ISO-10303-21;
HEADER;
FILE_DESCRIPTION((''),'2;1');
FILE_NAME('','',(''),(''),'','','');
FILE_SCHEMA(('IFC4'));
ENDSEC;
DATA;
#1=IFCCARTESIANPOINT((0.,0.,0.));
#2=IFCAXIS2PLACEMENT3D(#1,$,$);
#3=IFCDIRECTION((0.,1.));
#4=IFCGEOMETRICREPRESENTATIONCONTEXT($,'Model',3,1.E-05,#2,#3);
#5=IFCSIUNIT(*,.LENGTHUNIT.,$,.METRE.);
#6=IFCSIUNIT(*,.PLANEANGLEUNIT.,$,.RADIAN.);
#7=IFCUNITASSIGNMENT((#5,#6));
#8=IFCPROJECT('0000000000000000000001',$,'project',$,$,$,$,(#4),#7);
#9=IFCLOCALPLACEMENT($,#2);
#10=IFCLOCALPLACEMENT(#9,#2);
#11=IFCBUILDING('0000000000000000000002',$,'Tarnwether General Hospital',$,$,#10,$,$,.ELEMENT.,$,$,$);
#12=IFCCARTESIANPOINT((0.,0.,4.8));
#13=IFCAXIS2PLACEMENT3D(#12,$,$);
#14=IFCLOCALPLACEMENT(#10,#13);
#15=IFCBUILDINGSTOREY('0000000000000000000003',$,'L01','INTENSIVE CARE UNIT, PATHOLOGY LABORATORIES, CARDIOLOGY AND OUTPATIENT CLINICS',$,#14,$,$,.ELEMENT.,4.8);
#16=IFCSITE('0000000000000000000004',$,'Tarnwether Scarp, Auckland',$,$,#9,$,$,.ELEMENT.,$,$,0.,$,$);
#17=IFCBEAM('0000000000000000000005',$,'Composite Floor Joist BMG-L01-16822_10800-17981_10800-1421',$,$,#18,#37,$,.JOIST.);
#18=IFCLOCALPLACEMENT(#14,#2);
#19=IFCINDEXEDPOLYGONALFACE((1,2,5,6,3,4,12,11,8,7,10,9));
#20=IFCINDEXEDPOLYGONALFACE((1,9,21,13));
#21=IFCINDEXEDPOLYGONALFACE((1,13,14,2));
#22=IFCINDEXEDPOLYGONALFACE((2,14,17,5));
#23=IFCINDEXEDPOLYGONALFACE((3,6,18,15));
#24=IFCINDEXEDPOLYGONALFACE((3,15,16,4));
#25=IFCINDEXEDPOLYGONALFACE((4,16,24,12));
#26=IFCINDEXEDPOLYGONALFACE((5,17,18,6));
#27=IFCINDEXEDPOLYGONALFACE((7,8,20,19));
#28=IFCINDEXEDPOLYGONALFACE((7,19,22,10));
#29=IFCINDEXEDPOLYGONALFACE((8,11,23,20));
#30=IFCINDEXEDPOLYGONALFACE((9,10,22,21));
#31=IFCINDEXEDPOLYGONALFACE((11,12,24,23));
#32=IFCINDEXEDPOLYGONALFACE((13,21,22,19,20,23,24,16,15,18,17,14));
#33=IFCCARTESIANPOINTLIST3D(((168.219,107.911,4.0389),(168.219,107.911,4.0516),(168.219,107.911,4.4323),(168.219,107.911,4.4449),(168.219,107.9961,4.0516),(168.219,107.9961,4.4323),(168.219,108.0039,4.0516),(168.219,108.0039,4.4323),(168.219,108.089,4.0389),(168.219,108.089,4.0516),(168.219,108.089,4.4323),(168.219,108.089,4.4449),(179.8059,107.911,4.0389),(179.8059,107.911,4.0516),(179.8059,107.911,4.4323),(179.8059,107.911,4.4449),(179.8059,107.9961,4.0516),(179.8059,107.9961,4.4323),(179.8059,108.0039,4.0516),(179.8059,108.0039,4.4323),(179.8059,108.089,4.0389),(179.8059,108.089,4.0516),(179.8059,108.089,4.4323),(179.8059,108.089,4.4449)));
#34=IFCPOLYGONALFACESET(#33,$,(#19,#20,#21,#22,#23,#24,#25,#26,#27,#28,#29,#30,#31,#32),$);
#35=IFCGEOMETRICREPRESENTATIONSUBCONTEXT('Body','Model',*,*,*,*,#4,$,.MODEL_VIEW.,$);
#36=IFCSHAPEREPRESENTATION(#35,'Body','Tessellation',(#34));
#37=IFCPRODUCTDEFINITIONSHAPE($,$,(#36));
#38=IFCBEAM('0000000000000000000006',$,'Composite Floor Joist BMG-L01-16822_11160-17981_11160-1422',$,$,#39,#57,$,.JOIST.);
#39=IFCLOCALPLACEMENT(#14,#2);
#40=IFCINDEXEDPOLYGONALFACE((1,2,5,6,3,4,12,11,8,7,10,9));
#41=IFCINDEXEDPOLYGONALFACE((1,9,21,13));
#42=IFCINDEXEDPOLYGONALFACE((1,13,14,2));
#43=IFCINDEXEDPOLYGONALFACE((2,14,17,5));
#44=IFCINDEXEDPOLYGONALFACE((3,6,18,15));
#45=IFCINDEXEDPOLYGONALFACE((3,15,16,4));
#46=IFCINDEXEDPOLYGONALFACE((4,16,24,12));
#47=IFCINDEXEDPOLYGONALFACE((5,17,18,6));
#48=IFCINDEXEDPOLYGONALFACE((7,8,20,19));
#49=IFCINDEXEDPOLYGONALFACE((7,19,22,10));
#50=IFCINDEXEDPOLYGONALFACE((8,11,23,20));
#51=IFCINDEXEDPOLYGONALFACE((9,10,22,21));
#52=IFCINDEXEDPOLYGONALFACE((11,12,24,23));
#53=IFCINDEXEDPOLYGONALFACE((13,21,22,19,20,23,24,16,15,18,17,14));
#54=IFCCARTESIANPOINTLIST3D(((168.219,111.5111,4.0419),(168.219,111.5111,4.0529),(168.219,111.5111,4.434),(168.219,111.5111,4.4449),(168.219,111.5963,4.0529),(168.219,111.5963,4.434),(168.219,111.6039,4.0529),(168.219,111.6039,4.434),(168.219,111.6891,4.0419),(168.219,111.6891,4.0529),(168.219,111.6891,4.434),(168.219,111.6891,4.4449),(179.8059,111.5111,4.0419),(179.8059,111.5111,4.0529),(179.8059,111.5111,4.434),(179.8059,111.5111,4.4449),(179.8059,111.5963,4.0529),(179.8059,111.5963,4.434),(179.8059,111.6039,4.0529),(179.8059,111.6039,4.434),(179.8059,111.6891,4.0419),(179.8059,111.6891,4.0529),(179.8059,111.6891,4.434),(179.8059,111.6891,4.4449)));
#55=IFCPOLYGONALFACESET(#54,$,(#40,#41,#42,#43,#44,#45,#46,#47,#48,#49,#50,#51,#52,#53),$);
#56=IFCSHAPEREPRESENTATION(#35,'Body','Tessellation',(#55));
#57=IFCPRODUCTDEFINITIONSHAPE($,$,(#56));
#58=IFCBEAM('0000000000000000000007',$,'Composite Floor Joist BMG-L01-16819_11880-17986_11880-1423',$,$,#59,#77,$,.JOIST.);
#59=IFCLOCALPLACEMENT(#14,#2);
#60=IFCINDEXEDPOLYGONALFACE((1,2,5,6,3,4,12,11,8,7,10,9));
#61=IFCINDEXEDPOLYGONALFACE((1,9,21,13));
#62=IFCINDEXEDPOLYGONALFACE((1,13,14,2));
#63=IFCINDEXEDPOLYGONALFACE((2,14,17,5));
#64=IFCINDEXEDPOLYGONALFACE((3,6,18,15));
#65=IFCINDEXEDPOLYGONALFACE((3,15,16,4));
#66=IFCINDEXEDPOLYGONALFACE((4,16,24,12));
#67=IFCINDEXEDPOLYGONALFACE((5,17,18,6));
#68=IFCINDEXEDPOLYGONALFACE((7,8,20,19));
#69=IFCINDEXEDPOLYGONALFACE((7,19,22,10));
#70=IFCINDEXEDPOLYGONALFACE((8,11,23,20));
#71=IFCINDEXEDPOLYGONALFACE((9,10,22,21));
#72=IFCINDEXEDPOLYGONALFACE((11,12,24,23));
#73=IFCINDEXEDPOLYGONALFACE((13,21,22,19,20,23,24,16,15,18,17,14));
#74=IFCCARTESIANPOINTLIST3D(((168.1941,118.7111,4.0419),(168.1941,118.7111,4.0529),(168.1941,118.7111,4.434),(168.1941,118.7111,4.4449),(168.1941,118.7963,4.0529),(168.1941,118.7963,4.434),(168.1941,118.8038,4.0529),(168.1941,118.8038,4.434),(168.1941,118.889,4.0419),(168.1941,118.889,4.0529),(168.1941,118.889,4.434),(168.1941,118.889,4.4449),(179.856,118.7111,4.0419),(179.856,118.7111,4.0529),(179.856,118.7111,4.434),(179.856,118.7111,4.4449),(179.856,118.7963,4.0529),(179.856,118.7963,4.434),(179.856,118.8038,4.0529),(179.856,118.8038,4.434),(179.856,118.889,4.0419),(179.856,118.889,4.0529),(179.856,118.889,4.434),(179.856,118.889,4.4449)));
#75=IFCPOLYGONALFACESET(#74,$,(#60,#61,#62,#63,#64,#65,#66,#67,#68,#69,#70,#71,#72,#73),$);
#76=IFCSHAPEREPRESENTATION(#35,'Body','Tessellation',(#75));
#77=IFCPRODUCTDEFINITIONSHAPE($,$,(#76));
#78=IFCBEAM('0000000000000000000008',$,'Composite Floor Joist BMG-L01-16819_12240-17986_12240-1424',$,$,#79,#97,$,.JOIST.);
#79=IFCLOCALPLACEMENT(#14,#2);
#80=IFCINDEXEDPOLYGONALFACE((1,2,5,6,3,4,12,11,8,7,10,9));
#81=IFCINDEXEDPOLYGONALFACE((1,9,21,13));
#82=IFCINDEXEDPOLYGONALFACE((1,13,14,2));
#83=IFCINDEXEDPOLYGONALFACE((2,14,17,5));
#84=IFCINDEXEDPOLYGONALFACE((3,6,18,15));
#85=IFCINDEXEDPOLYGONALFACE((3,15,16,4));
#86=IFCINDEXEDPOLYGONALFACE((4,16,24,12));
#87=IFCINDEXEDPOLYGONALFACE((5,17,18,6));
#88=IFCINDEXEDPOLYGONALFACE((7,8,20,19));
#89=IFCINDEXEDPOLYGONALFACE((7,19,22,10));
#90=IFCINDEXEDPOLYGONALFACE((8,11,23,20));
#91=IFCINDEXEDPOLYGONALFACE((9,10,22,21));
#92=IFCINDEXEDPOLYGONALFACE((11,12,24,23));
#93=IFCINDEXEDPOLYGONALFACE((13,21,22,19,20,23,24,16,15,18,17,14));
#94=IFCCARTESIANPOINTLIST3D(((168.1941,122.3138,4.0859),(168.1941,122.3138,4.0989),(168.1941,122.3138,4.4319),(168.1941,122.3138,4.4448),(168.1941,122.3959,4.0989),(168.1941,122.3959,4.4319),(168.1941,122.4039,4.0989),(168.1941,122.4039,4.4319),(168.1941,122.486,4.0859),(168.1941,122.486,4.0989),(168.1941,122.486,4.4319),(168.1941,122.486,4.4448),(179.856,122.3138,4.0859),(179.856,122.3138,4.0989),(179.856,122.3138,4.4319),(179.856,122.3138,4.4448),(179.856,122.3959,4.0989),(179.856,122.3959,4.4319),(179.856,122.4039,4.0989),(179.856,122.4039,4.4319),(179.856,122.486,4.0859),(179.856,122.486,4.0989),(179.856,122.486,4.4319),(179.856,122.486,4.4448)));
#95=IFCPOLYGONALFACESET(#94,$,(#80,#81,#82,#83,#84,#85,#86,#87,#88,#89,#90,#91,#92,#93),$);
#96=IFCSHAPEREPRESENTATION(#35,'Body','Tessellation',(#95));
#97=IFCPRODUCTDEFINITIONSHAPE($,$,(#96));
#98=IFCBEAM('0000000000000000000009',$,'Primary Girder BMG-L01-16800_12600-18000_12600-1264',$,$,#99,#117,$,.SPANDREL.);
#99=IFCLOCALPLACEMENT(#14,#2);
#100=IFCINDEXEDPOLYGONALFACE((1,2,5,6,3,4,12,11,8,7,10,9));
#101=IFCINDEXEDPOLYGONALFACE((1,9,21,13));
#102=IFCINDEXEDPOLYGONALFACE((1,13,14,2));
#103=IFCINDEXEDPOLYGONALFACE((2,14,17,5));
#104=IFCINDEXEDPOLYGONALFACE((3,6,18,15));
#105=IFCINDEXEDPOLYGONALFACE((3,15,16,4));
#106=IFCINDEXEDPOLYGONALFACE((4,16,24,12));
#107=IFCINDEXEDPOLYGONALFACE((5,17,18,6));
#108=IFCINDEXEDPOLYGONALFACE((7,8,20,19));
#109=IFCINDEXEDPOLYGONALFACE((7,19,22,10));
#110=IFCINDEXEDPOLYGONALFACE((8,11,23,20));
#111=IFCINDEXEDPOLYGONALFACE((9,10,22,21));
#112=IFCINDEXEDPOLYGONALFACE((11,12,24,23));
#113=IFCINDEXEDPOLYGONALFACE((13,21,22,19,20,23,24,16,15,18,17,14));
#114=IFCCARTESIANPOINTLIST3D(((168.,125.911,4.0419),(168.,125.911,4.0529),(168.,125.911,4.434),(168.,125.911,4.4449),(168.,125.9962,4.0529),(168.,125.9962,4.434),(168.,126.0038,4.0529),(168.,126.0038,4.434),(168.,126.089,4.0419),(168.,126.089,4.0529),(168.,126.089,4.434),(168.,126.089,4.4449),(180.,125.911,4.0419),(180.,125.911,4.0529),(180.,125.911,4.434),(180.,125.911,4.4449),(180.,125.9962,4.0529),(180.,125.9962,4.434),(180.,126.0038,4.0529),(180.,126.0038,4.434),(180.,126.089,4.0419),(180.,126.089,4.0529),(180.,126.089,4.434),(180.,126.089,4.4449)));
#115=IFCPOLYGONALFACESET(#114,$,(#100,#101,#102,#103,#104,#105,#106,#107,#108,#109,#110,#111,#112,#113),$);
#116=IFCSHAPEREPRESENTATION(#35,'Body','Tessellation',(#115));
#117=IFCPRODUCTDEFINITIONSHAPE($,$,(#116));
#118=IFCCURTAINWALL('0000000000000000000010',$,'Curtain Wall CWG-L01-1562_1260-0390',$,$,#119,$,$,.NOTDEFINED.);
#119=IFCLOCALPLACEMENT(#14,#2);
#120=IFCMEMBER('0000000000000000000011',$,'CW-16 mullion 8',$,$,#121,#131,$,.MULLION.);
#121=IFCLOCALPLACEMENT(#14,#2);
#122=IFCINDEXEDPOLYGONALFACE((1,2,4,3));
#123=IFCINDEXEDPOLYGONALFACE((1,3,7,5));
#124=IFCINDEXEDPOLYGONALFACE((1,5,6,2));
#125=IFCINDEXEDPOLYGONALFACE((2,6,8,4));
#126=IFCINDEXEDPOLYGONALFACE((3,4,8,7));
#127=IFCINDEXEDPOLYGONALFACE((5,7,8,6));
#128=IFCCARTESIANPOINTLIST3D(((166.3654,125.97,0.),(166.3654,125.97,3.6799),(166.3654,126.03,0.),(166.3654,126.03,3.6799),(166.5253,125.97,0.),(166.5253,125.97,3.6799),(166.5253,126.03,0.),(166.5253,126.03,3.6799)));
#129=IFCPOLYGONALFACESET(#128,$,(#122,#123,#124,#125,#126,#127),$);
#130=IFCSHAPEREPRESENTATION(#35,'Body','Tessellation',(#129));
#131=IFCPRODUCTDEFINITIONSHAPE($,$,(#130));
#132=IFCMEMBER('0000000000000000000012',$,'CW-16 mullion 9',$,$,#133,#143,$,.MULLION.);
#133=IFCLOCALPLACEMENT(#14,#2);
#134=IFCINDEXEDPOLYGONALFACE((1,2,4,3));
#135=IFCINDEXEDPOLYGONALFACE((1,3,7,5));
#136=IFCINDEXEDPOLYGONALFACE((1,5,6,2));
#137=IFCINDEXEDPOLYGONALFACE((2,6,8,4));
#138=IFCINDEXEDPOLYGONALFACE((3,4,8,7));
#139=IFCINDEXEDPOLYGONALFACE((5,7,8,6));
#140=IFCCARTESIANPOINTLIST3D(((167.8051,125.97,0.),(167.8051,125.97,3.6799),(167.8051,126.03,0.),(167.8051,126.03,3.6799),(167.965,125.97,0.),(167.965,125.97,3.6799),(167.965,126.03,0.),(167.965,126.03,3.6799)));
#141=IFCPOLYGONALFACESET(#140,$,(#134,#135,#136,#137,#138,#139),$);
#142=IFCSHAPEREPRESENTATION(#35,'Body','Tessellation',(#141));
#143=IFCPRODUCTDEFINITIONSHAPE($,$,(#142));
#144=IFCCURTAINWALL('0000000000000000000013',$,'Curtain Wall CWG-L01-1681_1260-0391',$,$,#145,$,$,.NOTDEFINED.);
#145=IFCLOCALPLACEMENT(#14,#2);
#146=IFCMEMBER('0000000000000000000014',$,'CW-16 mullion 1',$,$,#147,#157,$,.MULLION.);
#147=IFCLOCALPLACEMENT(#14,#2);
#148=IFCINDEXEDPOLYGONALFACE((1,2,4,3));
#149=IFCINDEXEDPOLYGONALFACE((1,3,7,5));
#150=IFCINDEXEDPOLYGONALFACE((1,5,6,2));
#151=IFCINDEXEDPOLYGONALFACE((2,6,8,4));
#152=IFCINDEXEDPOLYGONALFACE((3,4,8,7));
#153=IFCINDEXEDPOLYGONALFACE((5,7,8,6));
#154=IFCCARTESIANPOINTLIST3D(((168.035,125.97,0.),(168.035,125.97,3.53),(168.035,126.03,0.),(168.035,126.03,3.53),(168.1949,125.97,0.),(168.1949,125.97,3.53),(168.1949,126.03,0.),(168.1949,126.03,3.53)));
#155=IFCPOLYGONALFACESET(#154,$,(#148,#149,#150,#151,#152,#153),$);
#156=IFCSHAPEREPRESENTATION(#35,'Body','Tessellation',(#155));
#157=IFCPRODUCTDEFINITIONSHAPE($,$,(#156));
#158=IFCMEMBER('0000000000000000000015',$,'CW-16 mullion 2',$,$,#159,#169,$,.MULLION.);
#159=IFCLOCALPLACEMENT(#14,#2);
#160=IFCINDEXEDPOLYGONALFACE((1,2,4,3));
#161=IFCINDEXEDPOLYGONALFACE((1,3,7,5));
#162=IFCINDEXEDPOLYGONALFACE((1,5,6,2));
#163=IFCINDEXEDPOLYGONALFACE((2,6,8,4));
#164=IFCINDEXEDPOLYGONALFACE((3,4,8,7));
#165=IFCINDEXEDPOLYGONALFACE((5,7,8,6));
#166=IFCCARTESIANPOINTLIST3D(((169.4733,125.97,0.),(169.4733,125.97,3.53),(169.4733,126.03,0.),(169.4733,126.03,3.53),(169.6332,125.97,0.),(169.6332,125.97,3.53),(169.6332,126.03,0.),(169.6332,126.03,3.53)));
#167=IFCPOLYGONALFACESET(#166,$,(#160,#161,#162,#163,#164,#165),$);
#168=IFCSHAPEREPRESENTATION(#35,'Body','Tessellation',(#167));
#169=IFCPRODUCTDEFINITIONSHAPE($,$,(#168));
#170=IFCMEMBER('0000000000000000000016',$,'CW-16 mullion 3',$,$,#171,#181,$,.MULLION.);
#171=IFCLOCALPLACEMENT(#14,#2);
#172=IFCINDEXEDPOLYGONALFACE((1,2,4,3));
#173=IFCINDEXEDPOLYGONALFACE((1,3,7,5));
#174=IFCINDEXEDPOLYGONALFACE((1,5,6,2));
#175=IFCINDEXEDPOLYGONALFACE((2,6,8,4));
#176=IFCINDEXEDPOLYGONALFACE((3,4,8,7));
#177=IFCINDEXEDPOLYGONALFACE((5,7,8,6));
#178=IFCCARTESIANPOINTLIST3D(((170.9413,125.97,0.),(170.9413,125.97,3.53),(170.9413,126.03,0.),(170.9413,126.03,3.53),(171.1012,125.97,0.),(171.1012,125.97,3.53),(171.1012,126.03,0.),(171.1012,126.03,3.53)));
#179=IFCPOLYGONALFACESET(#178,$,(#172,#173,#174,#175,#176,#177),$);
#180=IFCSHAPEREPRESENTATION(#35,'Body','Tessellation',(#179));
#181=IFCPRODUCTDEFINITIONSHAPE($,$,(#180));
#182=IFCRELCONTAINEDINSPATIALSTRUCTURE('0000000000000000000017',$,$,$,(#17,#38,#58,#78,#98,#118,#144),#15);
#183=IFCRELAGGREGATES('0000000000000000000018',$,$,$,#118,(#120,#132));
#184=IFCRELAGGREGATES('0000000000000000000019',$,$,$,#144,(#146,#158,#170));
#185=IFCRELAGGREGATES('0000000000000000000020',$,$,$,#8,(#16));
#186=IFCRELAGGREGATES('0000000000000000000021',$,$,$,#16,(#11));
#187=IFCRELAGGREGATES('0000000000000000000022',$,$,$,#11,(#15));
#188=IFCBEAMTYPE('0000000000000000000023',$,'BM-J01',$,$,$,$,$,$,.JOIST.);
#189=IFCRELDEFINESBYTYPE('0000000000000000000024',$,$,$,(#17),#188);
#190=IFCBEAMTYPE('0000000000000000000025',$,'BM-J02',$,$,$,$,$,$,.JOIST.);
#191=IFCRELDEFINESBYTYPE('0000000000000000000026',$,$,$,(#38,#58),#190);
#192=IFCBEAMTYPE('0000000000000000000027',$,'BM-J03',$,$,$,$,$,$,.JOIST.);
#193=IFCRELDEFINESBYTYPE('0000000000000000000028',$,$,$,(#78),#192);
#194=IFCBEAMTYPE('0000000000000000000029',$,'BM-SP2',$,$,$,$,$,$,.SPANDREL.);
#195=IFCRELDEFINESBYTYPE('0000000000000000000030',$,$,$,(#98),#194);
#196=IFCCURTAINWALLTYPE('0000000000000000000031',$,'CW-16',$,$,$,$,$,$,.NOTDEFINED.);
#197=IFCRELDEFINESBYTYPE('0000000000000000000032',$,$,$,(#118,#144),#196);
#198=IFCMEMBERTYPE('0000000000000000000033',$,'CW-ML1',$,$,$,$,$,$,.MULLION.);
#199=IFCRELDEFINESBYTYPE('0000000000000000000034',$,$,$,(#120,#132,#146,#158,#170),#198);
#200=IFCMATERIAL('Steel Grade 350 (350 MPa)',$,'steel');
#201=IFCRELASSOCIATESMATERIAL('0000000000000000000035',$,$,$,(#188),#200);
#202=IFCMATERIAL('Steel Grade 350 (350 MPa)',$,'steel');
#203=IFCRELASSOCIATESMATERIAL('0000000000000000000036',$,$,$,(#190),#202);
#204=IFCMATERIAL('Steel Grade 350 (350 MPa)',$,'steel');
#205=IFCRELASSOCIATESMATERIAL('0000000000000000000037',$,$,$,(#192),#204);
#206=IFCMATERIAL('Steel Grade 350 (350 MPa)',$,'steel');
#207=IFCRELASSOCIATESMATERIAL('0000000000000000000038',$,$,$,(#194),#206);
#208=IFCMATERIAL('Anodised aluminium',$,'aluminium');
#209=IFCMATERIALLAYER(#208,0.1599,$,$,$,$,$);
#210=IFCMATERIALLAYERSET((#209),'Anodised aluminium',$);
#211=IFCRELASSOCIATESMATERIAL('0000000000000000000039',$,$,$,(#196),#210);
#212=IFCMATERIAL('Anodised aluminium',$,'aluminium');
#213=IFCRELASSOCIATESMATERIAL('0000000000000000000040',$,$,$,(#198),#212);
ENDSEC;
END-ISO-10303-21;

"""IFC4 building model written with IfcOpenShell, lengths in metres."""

from ifc_helpers import new_model, si_unit, direction, frame, origin, origin_2d, place, context, subcontext, project, spatial, rectangle, i_section, extrude, material, layer, layer_set, material_profile, profile_set, type_object, element, aggregate, save


model = new_model("IFC4")

# Units and contexts
model_context = context("Model", 3, precision=1e-05, world=origin(), true_north=direction((0.0, 1.0)))
body_context = subcontext(model_context, "Body", "Model", "MODEL_VIEW")
ifc_project = project(units=[si_unit("LENGTHUNIT", "METRE"), si_unit("PLANEANGLEUNIT", "RADIAN")], contexts=[model_context])

# Site, building, storey
site_placement = place(None, origin())
site = spatial("IfcSite", under=ifc_project, at=site_placement, Name="Tarnwether Scarp, Auckland", CompositionType="ELEMENT", RefElevation=0.0)
building_placement = place(site_placement, origin())
building = spatial("IfcBuilding", under=site, at=building_placement, Name="Tarnwether General Hospital", CompositionType="ELEMENT")
storey_placement = place(building_placement, frame((0.0, 0.0, 4.8)))
storey = spatial("IfcBuildingStorey", under=building, at=storey_placement, Name="L01", Description="INTENSIVE CARE UNIT, PATHOLOGY LABORATORIES, CARDIOLOGY AND OUTPATIENT CLINICS", CompositionType="ELEMENT", Elevation=4.8)

# Beams
ifc_material_1 = material(Name="Steel Grade 350 (350 MPa)", Category="steel")
ifc_material_profile_1 = material_profile(ifc_material_1, i_section(OverallWidth=0.178, OverallDepth=0.406, WebThickness=0.0078, FlangeThickness=0.0127, at=origin_2d()), Name="410UB59.7")
ifc_profile_set_1 = profile_set([ifc_material_profile_1], Name="Steel Grade 350 (350 MPa)")
beam_type_1 = type_object("IfcBeamType", Name="BM-J01", PredefinedType="JOIST", material=ifc_profile_set_1)
beam_1_placement = place(storey_placement, frame((168.219, 108.0, 4.2419), z_axis=(1.0, 0.0, 0.0), x_axis=(0.0, 1.0, 0.0)))
element("IfcBeam", 1, at=beam_1_placement, inside=storey, type_object=beam_type_1, Name="Composite Floor Joist BMG-L01-16822_10800-17981_10800-1421", PredefinedType="JOIST", context=body_context, shape_type="SweptSolid", body=[
    extrude(i_section(OverallWidth=0.178, OverallDepth=0.406, WebThickness=0.0078, FlangeThickness=0.0127, at=origin_2d()), origin(), (0.0, 0.0, 1.0), 11.5869),
])
ifc_material_2 = material(Name="Steel Grade 350 (350 MPa)", Category="steel")
ifc_material_profile_2 = material_profile(ifc_material_2, i_section(OverallWidth=0.178, OverallDepth=0.4031, WebThickness=0.0076, FlangeThickness=0.011, at=origin_2d()), Name="410UB53.7")
ifc_profile_set_2 = profile_set([ifc_material_profile_2], Name="Steel Grade 350 (350 MPa)")
beam_type_2 = type_object("IfcBeamType", Name="BM-J02", PredefinedType="JOIST", material=ifc_profile_set_2)
beam_2_placement = place(storey_placement, frame((168.219, 111.6001, 4.2434), z_axis=(1.0, 0.0, 0.0), x_axis=(0.0, 1.0, 0.0)))
element("IfcBeam", 2, at=beam_2_placement, inside=storey, type_object=beam_type_2, Name="Composite Floor Joist BMG-L01-16822_11160-17981_11160-1422", PredefinedType="JOIST", context=body_context, shape_type="SweptSolid", body=[
    extrude(i_section(OverallWidth=0.178, OverallDepth=0.4031, WebThickness=0.0076, FlangeThickness=0.011, at=origin_2d()), origin(), (0.0, 0.0, 1.0), 11.5869),
])
beam_3_placement = place(storey_placement, frame((168.1941, 118.8, 4.2434), z_axis=(1.0, 0.0, 0.0), x_axis=(0.0, 1.0, 0.0)))
element("IfcBeam", 3, at=beam_3_placement, inside=storey, type_object=beam_type_2, Name="Composite Floor Joist BMG-L01-16819_11880-17986_11880-1423", PredefinedType="JOIST", context=body_context, shape_type="SweptSolid", body=[
    extrude(i_section(OverallWidth=0.178, OverallDepth=0.4031, WebThickness=0.0076, FlangeThickness=0.011, at=origin_2d()), origin(), (0.0, 0.0, 1.0), 11.6619),
])
ifc_material_3 = material(Name="Steel Grade 350 (350 MPa)", Category="steel")
ifc_material_profile_3 = material_profile(ifc_material_3, i_section(OverallWidth=0.1721, OverallDepth=0.3589, WebThickness=0.0081, FlangeThickness=0.0129, at=origin_2d()), Name="360UB56.7")
ifc_profile_set_3 = profile_set([ifc_material_profile_3], Name="Steel Grade 350 (350 MPa)")
beam_type_3 = type_object("IfcBeamType", Name="BM-J03", PredefinedType="JOIST", material=ifc_profile_set_3)
beam_4_placement = place(storey_placement, frame((168.1941, 122.3999, 4.2654), z_axis=(1.0, 0.0, 0.0), x_axis=(0.0, 1.0, 0.0)))
element("IfcBeam", 4, at=beam_4_placement, inside=storey, type_object=beam_type_3, Name="Composite Floor Joist BMG-L01-16819_12240-17986_12240-1424", PredefinedType="JOIST", context=body_context, shape_type="SweptSolid", body=[
    extrude(i_section(OverallWidth=0.1721, OverallDepth=0.3589, WebThickness=0.0081, FlangeThickness=0.0129, at=origin_2d()), origin(), (0.0, 0.0, 1.0), 11.6619),
])
ifc_material_4 = material(Name="Steel Grade 350 (350 MPa)", Category="steel")
ifc_material_profile_4 = material_profile(ifc_material_4, i_section(OverallWidth=0.178, OverallDepth=0.4031, WebThickness=0.0076, FlangeThickness=0.011, at=origin_2d()), Name="410UB53.7")
ifc_profile_set_4 = profile_set([ifc_material_profile_4], Name="Steel Grade 350 (350 MPa)")
beam_type_4 = type_object("IfcBeamType", Name="BM-SP2", PredefinedType="SPANDREL", material=ifc_profile_set_4)
beam_5_placement = place(storey_placement, frame((168.0, 126.0, 4.2434), z_axis=(1.0, 0.0, 0.0), x_axis=(0.0, 1.0, 0.0)))
element("IfcBeam", 5, at=beam_5_placement, inside=storey, type_object=beam_type_4, Name="Primary Girder BMG-L01-16800_12600-18000_12600-1264", PredefinedType="SPANDREL", context=body_context, shape_type="SweptSolid", body=[
    extrude(i_section(OverallWidth=0.178, OverallDepth=0.4031, WebThickness=0.0076, FlangeThickness=0.011, at=origin_2d()), origin(), (0.0, 0.0, 1.0), 12.0),
])

# Curtain walls, members
ifc_material_5 = material(Name="Anodised aluminium", Category="aluminium")
ifc_layer_1 = layer(ifc_material_5, 0.1599)
ifc_layer_set_1 = layer_set([ifc_layer_1], Name="Anodised aluminium")
curtain_wall_type = type_object("IfcCurtainWallType", Name="CW-16", PredefinedType="NOTDEFINED", material=ifc_layer_set_1)
curtain_wall_1_placement = place(storey_placement, origin())
curtain_wall_1 = element("IfcCurtainWall", 6, at=curtain_wall_1_placement, inside=storey, type_object=curtain_wall_type, Name="Curtain Wall CWG-L01-1562_1260-0390", PredefinedType="NOTDEFINED")
ifc_material_6 = material(Name="Anodised aluminium", Category="aluminium")
ifc_material_profile_5 = material_profile(ifc_material_6, rectangle(XDim=0.0601, YDim=0.1599, at=origin_2d()), Name="ALU-MUL-60x160")
ifc_profile_set_5 = profile_set([ifc_material_profile_5], Name="Anodised aluminium")
member_type_1 = type_object("IfcMemberType", Name="CW-ML1", PredefinedType="MULLION", material=ifc_profile_set_5)
member_1_placement = place(storey_placement, frame((166.4453, 126.0, 0.0), z_axis=(0.0, 0.0, 1.0), x_axis=(0.0, 1.0, 0.0)))
member_1 = element("IfcMember", 7, at=member_1_placement, type_object=member_type_1, Name="CW-16 mullion 8", PredefinedType="MULLION", context=body_context, shape_type="SweptSolid", body=[
    extrude(rectangle(XDim=0.0601, YDim=0.1599, at=origin_2d()), origin(), (0.0, 0.0, 1.0), 3.6799),
])
member_2_placement = place(storey_placement, frame((167.885, 126.0, 0.0), z_axis=(0.0, 0.0, 1.0), x_axis=(0.0, 1.0, 0.0)))
member_2 = element("IfcMember", 8, at=member_2_placement, type_object=member_type_1, Name="CW-16 mullion 9", PredefinedType="MULLION", context=body_context, shape_type="SweptSolid", body=[
    extrude(rectangle(XDim=0.0601, YDim=0.1599, at=origin_2d()), origin(), (0.0, 0.0, 1.0), 3.6799),
])
curtain_wall_2_placement = place(storey_placement, origin())
curtain_wall_2 = element("IfcCurtainWall", 9, at=curtain_wall_2_placement, inside=storey, type_object=curtain_wall_type, Name="Curtain Wall CWG-L01-1681_1260-0391", PredefinedType="NOTDEFINED")
member_3_placement = place(storey_placement, frame((168.115, 126.0, 0.0), z_axis=(0.0, 0.0, 1.0), x_axis=(0.0, 1.0, 0.0)))
member_3 = element("IfcMember", 10, at=member_3_placement, type_object=member_type_1, Name="CW-16 mullion 1", PredefinedType="MULLION", context=body_context, shape_type="SweptSolid", body=[
    extrude(rectangle(XDim=0.0601, YDim=0.1599, at=origin_2d()), origin(), (0.0, 0.0, 1.0), 3.53),
])
member_4_placement = place(storey_placement, frame((169.5532, 126.0, 0.0), z_axis=(0.0, 0.0, 1.0), x_axis=(0.0, 1.0, 0.0)))
member_4 = element("IfcMember", 11, at=member_4_placement, type_object=member_type_1, Name="CW-16 mullion 2", PredefinedType="MULLION", context=body_context, shape_type="SweptSolid", body=[
    extrude(rectangle(XDim=0.0601, YDim=0.1599, at=origin_2d()), origin(), (0.0, 0.0, 1.0), 3.53),
])
member_5_placement = place(storey_placement, frame((171.0212, 126.0, 0.0), z_axis=(0.0, 0.0, 1.0), x_axis=(0.0, 1.0, 0.0)))
member_5 = element("IfcMember", 12, at=member_5_placement, type_object=member_type_1, Name="CW-16 mullion 3", PredefinedType="MULLION", context=body_context, shape_type="SweptSolid", body=[
    extrude(rectangle(XDim=0.0601, YDim=0.1599, at=origin_2d()), origin(), (0.0, 0.0, 1.0), 3.53),
])

aggregate(curtain_wall_1, [member_1, member_2])
aggregate(curtain_wall_2, [member_3, member_4, member_5])

save(model, "model.ifc")
